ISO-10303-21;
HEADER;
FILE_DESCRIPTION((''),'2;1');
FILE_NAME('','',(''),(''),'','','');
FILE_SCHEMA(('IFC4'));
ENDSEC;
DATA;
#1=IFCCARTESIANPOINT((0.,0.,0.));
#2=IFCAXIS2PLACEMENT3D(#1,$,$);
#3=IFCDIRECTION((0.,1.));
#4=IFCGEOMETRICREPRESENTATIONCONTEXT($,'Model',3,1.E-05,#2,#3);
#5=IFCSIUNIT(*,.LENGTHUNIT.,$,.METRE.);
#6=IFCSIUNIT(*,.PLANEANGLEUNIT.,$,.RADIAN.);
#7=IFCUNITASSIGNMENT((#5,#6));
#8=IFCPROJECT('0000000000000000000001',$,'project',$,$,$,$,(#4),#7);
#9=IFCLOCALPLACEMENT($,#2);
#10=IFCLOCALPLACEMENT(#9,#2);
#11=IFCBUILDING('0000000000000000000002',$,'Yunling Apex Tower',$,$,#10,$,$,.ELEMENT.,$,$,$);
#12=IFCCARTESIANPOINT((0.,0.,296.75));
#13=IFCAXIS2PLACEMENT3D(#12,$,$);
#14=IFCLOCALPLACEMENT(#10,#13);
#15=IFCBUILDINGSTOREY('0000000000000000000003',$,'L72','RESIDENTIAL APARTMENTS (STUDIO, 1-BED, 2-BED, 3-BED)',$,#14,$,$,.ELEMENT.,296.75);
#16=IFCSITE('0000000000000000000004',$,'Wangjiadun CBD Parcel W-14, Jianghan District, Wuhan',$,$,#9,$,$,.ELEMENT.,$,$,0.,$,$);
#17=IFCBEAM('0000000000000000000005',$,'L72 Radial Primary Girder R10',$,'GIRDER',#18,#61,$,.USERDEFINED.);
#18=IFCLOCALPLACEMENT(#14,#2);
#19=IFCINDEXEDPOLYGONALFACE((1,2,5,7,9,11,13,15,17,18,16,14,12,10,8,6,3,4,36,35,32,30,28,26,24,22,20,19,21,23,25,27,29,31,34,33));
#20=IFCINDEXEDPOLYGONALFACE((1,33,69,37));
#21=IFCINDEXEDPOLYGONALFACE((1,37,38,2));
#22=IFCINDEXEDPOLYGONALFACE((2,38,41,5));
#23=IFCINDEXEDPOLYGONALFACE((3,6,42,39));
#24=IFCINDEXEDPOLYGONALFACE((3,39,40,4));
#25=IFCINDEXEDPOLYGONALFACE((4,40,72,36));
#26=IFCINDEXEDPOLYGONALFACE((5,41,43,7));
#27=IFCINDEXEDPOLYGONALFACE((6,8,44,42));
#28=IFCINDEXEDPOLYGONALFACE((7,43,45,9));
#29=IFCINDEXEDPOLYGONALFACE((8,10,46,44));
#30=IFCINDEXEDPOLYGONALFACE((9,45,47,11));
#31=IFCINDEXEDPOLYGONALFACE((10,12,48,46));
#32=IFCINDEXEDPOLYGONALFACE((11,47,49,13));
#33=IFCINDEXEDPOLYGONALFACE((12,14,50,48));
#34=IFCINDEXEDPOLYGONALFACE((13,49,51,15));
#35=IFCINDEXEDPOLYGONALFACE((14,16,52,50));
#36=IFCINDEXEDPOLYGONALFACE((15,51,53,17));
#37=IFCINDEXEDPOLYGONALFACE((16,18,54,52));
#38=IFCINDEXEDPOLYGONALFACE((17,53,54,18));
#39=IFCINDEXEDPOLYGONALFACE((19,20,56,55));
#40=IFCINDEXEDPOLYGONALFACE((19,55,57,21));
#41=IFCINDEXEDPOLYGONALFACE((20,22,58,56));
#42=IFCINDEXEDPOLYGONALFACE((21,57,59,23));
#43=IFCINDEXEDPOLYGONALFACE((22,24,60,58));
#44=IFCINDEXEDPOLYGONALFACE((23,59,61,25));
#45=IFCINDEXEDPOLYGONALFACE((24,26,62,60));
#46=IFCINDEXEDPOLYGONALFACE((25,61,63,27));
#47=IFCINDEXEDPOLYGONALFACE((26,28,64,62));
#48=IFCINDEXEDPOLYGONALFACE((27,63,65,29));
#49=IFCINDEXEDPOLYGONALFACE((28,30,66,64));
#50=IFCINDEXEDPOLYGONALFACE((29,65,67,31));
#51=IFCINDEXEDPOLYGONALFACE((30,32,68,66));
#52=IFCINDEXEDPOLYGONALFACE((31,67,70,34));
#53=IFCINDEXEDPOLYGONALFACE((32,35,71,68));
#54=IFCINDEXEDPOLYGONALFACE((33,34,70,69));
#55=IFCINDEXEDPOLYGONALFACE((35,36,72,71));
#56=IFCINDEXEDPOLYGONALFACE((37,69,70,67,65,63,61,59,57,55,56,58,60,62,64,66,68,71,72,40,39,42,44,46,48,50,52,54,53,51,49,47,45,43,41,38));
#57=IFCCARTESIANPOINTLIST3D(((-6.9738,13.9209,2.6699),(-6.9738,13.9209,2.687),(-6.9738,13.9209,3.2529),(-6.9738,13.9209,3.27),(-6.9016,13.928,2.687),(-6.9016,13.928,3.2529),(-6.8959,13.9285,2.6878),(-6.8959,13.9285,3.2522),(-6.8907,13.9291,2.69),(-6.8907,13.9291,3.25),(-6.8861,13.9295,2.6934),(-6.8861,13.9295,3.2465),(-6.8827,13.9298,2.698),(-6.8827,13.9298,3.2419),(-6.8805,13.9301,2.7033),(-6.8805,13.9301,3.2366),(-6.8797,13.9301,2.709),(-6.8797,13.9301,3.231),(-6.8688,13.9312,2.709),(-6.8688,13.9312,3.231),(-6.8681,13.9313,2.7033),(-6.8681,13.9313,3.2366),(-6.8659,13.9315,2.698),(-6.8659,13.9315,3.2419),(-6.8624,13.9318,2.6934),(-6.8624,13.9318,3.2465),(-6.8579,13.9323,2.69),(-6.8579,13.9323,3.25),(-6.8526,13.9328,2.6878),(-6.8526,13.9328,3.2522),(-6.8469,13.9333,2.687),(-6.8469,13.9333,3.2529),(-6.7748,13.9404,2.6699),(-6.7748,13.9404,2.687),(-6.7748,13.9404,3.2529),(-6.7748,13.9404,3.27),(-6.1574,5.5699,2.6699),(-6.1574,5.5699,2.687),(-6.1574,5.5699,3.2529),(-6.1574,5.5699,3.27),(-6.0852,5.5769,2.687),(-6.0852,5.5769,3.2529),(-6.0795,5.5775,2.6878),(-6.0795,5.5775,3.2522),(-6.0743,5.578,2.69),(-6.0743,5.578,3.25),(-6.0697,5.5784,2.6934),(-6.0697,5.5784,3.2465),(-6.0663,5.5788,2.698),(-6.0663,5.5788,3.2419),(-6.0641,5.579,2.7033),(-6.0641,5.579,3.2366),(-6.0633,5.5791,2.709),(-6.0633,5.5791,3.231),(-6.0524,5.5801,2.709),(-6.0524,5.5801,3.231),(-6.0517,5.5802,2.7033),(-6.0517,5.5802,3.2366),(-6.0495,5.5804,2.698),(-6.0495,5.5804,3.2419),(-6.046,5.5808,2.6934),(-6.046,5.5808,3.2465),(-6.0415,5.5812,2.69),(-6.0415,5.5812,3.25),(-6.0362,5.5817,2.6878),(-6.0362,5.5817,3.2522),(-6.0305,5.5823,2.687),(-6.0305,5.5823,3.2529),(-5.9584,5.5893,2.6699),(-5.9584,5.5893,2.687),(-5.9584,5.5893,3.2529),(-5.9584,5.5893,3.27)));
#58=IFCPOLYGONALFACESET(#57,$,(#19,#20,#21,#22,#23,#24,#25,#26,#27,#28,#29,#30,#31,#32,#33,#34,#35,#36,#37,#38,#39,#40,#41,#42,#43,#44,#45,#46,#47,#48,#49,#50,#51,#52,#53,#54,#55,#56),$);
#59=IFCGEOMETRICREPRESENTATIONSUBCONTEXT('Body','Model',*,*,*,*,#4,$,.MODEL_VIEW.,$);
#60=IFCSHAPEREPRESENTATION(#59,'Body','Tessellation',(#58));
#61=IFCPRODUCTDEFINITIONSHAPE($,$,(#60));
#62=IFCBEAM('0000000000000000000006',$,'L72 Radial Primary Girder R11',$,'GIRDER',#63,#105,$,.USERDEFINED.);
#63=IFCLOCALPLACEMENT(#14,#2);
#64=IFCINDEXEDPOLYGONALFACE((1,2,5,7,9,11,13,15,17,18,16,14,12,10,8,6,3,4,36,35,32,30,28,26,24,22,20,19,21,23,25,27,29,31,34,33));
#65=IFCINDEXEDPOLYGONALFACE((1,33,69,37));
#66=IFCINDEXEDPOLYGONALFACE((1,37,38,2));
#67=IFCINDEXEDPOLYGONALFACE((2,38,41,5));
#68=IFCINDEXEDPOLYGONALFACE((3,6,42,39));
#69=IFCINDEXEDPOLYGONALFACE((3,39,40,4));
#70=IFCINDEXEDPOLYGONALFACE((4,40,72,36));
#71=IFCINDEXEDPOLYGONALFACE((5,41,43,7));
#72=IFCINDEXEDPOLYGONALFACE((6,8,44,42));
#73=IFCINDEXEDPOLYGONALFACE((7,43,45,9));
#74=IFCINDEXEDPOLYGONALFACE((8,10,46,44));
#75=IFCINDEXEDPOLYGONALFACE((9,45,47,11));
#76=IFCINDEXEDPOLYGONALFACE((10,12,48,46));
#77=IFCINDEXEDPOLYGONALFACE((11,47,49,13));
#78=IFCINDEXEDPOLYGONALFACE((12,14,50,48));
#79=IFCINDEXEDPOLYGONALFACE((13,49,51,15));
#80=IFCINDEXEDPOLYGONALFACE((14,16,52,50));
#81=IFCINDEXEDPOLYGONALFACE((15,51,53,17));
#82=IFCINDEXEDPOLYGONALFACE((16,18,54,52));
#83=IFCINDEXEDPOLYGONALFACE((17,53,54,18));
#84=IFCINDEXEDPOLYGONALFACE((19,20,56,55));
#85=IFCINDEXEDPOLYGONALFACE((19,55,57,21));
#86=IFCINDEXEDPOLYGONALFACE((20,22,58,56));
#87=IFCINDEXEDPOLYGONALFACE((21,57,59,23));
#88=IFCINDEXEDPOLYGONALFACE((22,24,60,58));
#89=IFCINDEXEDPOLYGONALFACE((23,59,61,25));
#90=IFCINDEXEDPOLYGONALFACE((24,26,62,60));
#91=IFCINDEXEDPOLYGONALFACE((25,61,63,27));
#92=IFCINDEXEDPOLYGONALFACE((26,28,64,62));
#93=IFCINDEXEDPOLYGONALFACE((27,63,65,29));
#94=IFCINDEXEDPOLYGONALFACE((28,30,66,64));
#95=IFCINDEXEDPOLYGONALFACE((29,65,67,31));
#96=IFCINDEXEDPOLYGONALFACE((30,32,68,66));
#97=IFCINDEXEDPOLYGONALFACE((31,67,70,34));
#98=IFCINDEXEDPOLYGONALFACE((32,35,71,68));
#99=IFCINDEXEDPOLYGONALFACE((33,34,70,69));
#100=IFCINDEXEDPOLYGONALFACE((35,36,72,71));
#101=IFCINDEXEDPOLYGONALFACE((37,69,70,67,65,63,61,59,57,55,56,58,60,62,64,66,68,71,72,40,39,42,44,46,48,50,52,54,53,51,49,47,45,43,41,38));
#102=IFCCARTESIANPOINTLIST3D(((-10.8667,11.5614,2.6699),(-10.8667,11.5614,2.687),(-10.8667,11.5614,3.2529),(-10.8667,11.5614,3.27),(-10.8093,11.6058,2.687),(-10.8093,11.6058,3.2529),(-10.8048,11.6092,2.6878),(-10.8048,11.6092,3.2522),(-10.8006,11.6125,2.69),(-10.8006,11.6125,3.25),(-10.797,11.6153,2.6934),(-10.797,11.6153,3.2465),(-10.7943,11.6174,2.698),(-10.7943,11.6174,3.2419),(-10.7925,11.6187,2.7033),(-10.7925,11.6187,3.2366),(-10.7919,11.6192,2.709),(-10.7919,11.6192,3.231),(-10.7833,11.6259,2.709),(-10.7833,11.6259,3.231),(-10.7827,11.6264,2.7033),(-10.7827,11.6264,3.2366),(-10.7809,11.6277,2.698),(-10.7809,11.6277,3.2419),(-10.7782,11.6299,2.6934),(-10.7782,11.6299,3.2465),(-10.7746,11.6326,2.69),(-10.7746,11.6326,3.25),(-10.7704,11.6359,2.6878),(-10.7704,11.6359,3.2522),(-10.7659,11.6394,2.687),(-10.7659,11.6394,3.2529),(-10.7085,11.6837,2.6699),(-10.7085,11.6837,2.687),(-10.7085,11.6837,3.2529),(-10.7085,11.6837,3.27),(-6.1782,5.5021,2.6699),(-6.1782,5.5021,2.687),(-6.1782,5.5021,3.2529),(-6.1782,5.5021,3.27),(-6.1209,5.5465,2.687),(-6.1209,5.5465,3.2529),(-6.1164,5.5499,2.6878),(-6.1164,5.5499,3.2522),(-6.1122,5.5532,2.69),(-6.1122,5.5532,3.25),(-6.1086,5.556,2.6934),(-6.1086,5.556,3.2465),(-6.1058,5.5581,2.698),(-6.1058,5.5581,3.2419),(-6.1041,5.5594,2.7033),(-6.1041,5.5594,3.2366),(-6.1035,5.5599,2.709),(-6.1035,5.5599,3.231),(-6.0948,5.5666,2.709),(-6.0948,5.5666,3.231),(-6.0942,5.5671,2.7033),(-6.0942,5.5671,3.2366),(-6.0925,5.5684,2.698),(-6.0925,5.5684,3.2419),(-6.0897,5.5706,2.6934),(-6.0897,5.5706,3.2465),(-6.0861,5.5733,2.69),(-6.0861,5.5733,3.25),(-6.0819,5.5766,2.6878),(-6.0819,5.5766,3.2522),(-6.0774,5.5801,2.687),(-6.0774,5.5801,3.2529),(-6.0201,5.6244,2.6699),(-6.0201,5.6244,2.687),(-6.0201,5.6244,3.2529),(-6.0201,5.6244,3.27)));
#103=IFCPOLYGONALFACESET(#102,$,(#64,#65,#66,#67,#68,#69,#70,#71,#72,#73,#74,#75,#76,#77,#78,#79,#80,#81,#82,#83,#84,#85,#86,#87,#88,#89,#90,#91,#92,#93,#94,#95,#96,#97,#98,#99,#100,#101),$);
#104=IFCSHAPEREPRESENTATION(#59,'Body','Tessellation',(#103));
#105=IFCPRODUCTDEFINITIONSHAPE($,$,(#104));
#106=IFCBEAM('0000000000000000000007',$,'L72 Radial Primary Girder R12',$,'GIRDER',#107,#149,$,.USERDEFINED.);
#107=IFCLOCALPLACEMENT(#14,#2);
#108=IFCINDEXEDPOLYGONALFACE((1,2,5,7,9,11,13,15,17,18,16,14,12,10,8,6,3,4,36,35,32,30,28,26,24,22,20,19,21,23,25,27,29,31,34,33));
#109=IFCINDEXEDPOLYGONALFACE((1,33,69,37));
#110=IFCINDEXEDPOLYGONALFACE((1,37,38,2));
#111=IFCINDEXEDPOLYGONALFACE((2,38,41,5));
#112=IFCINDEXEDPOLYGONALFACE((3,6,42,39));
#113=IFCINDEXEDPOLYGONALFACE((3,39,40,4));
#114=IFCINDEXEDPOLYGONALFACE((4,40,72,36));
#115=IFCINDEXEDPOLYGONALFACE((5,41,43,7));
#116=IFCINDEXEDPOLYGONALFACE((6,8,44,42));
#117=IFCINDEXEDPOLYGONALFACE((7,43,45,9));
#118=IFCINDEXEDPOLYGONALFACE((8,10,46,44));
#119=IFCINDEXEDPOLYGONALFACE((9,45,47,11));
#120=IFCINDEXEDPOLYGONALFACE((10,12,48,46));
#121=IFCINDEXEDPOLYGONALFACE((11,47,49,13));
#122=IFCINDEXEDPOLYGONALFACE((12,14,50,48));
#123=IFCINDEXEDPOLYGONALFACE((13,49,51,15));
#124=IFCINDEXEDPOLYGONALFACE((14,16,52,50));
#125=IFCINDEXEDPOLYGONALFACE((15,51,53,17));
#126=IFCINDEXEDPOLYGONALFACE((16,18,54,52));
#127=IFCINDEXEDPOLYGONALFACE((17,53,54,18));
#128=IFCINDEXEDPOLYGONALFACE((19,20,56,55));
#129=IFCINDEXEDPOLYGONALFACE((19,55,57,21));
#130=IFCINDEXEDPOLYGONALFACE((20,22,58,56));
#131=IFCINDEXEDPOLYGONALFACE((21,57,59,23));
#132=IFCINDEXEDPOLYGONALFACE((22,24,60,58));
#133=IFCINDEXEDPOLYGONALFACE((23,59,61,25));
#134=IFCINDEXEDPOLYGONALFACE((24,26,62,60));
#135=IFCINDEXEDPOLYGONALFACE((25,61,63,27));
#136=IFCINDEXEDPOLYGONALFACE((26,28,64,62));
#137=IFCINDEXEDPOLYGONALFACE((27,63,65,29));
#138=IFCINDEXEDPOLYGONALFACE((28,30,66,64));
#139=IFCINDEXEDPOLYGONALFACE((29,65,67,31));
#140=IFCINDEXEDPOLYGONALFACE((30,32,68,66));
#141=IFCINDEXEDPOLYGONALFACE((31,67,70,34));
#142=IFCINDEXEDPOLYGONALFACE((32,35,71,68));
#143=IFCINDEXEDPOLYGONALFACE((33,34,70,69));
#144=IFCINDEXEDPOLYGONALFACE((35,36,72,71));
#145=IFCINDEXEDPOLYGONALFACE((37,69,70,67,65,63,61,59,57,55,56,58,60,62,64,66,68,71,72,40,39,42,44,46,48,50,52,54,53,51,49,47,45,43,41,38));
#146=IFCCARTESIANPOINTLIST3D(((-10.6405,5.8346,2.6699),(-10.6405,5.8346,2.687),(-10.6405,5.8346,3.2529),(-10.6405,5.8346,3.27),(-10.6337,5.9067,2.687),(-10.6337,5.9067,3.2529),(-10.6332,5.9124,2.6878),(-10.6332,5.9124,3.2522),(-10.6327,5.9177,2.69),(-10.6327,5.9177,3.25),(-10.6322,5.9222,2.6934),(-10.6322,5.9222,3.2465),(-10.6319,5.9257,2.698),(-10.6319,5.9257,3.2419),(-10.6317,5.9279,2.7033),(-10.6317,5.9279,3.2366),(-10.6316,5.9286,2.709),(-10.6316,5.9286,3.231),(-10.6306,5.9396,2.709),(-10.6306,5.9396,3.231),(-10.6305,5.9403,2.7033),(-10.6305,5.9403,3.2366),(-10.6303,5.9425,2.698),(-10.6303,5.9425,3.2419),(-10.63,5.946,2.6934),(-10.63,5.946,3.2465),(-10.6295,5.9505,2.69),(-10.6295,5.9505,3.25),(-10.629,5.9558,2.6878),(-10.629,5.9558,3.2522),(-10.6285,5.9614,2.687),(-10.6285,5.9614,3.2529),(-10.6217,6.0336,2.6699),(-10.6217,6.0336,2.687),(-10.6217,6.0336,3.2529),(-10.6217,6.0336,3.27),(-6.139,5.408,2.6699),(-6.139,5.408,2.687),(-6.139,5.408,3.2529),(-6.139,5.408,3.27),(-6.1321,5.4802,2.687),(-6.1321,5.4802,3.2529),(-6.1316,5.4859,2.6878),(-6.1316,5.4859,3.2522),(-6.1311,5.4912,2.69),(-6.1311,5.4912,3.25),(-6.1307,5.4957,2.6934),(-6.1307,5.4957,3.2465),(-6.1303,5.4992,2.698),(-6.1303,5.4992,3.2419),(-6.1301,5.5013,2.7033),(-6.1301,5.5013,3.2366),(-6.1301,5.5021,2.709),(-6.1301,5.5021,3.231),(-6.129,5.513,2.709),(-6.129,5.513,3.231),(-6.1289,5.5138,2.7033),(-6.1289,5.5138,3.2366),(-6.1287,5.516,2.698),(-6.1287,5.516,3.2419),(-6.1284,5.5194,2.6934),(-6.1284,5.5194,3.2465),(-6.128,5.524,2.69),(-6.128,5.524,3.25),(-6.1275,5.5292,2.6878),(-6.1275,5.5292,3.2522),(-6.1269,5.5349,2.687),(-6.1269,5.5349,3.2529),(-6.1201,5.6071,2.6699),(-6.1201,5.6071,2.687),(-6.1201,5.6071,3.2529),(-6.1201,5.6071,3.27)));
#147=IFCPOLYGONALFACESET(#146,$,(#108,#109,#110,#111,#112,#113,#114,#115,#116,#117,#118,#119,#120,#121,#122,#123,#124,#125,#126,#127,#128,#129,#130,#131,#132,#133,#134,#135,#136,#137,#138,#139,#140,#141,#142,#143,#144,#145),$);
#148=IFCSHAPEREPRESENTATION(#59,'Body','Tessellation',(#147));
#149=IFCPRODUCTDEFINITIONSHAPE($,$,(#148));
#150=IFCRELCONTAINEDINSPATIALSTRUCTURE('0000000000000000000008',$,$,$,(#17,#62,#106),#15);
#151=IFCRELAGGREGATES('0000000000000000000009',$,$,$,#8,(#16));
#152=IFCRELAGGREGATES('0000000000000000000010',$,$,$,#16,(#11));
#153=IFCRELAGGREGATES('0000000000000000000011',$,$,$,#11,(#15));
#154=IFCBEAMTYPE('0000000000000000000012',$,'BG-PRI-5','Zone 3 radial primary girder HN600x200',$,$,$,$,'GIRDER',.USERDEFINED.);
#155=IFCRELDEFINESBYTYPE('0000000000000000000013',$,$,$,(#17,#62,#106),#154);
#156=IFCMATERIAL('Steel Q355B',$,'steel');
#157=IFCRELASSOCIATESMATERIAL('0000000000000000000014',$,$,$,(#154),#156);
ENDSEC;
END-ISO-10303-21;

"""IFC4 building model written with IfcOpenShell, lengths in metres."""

from ifc_helpers import new_model, si_unit, direction, frame, origin, origin_2d, place, context, subcontext, project, spatial, i_section, extrude, source, transform, mapped, material, material_profile, profile_set, type_object, element, save


model = new_model("IFC4")

# Units and contexts
model_context = context("Model", 3, precision=1e-05, world=origin(), true_north=direction((0.0, 1.0)))
body_context = subcontext(model_context, "Body", "Model", "MODEL_VIEW")
ifc_project = project(units=[si_unit("LENGTHUNIT", "METRE"), si_unit("PLANEANGLEUNIT", "RADIAN")], contexts=[model_context])

# Site, building, storey
site_placement = place(None, origin())
site = spatial("IfcSite", under=ifc_project, at=site_placement, Name="Wangjiadun CBD Parcel W-14, Jianghan District, Wuhan", CompositionType="ELEMENT", RefElevation=0.0)
building_placement = place(site_placement, origin())
building = spatial("IfcBuilding", under=site, at=building_placement, Name="Yunling Apex Tower", CompositionType="ELEMENT")
storey_placement = place(building_placement, frame((0.0, 0.0, 296.75)))
storey = spatial("IfcBuildingStorey", under=building, at=storey_placement, Name="L72", Description="RESIDENTIAL APARTMENTS (STUDIO, 1-BED, 2-BED, 3-BED)", CompositionType="ELEMENT", Elevation=296.75)

# Shared definitions
ifc_material_1 = material(Name="Steel Q355B", Category="steel")

# Beams
ifc_material_profile_1 = material_profile(ifc_material_1, i_section(OverallWidth=0.2, OverallDepth=0.6001, WebThickness=0.011, FlangeThickness=0.0171, FilletRadius=0.022, at=origin_2d()))
ifc_profile_set_1 = profile_set([ifc_material_profile_1], Name="Steel Q355B")
beam_type_1 = type_object("IfcBeamType", Name="BG-PRI-5", Description="Zone 3 radial primary girder HN600x200", ElementType="GIRDER", PredefinedType="USERDEFINED", material=ifc_profile_set_1)
shared_shape_1 = source(origin(), body_context, "Body", "SweptSolid", [
    extrude(i_section(OverallWidth=0.2, OverallDepth=0.6001, WebThickness=0.011, FlangeThickness=0.0171, FilletRadius=0.022, at=origin_2d()), origin(), (0.0, 0.0, 1.0), 8.3909),
])
beam_1_placement = place(storey_placement, frame((-6.8743, 13.9307, 2.97), z_axis=(0.097297, -0.995255, 0.0), x_axis=(0.995255, 0.097297, 0.0)))
element("IfcBeam", 1, at=beam_1_placement, inside=storey, type_object=beam_type_1, Name="L72 Radial Primary Girder R10", ObjectType="GIRDER", PredefinedType="USERDEFINED", context=body_context, shape_type="MappedRepresentation", body=[
    mapped(shared_shape_1, transform((0.0, 0.0, 0.0), scale=1.0)),
])
shared_shape_2 = source(origin(), body_context, "Body", "SweptSolid", [
    extrude(i_section(OverallWidth=0.2, OverallDepth=0.6001, WebThickness=0.011, FlangeThickness=0.0171, FilletRadius=0.022, at=origin_2d()), origin(), (0.0, 0.0, 1.0), 7.6614),
])
beam_2_placement = place(storey_placement, frame((-10.7876, 11.6226, 2.97), z_axis=(0.61196, -0.790889, 0.0), x_axis=(0.790889, 0.61196, 0.0)))
element("IfcBeam", 2, at=beam_2_placement, inside=storey, type_object=beam_type_1, Name="L72 Radial Primary Girder R11", ObjectType="GIRDER", PredefinedType="USERDEFINED", context=body_context, shape_type="MappedRepresentation", body=[
    mapped(shared_shape_2, transform((0.0, 0.0, 0.0), scale=1.0)),
])
shared_shape_3 = source(origin(), body_context, "Body", "SweptSolid", [
    extrude(i_section(OverallWidth=0.2, OverallDepth=0.6001, WebThickness=0.011, FlangeThickness=0.0171, FilletRadius=0.022, at=origin_2d()), origin(), (0.0, 0.0, 1.0), 4.5217),
])
beam_3_placement = place(storey_placement, frame((-10.6311, 5.9341, 2.97), z_axis=(0.995541, -0.094328, 0.0), x_axis=(0.094328, 0.995541, 0.0)))
element("IfcBeam", 3, at=beam_3_placement, inside=storey, type_object=beam_type_1, Name="L72 Radial Primary Girder R12", ObjectType="GIRDER", PredefinedType="USERDEFINED", context=body_context, shape_type="MappedRepresentation", body=[
    mapped(shared_shape_3, transform((0.0, 0.0, 0.0), scale=1.0)),
])

save(model, "model.ifc")
